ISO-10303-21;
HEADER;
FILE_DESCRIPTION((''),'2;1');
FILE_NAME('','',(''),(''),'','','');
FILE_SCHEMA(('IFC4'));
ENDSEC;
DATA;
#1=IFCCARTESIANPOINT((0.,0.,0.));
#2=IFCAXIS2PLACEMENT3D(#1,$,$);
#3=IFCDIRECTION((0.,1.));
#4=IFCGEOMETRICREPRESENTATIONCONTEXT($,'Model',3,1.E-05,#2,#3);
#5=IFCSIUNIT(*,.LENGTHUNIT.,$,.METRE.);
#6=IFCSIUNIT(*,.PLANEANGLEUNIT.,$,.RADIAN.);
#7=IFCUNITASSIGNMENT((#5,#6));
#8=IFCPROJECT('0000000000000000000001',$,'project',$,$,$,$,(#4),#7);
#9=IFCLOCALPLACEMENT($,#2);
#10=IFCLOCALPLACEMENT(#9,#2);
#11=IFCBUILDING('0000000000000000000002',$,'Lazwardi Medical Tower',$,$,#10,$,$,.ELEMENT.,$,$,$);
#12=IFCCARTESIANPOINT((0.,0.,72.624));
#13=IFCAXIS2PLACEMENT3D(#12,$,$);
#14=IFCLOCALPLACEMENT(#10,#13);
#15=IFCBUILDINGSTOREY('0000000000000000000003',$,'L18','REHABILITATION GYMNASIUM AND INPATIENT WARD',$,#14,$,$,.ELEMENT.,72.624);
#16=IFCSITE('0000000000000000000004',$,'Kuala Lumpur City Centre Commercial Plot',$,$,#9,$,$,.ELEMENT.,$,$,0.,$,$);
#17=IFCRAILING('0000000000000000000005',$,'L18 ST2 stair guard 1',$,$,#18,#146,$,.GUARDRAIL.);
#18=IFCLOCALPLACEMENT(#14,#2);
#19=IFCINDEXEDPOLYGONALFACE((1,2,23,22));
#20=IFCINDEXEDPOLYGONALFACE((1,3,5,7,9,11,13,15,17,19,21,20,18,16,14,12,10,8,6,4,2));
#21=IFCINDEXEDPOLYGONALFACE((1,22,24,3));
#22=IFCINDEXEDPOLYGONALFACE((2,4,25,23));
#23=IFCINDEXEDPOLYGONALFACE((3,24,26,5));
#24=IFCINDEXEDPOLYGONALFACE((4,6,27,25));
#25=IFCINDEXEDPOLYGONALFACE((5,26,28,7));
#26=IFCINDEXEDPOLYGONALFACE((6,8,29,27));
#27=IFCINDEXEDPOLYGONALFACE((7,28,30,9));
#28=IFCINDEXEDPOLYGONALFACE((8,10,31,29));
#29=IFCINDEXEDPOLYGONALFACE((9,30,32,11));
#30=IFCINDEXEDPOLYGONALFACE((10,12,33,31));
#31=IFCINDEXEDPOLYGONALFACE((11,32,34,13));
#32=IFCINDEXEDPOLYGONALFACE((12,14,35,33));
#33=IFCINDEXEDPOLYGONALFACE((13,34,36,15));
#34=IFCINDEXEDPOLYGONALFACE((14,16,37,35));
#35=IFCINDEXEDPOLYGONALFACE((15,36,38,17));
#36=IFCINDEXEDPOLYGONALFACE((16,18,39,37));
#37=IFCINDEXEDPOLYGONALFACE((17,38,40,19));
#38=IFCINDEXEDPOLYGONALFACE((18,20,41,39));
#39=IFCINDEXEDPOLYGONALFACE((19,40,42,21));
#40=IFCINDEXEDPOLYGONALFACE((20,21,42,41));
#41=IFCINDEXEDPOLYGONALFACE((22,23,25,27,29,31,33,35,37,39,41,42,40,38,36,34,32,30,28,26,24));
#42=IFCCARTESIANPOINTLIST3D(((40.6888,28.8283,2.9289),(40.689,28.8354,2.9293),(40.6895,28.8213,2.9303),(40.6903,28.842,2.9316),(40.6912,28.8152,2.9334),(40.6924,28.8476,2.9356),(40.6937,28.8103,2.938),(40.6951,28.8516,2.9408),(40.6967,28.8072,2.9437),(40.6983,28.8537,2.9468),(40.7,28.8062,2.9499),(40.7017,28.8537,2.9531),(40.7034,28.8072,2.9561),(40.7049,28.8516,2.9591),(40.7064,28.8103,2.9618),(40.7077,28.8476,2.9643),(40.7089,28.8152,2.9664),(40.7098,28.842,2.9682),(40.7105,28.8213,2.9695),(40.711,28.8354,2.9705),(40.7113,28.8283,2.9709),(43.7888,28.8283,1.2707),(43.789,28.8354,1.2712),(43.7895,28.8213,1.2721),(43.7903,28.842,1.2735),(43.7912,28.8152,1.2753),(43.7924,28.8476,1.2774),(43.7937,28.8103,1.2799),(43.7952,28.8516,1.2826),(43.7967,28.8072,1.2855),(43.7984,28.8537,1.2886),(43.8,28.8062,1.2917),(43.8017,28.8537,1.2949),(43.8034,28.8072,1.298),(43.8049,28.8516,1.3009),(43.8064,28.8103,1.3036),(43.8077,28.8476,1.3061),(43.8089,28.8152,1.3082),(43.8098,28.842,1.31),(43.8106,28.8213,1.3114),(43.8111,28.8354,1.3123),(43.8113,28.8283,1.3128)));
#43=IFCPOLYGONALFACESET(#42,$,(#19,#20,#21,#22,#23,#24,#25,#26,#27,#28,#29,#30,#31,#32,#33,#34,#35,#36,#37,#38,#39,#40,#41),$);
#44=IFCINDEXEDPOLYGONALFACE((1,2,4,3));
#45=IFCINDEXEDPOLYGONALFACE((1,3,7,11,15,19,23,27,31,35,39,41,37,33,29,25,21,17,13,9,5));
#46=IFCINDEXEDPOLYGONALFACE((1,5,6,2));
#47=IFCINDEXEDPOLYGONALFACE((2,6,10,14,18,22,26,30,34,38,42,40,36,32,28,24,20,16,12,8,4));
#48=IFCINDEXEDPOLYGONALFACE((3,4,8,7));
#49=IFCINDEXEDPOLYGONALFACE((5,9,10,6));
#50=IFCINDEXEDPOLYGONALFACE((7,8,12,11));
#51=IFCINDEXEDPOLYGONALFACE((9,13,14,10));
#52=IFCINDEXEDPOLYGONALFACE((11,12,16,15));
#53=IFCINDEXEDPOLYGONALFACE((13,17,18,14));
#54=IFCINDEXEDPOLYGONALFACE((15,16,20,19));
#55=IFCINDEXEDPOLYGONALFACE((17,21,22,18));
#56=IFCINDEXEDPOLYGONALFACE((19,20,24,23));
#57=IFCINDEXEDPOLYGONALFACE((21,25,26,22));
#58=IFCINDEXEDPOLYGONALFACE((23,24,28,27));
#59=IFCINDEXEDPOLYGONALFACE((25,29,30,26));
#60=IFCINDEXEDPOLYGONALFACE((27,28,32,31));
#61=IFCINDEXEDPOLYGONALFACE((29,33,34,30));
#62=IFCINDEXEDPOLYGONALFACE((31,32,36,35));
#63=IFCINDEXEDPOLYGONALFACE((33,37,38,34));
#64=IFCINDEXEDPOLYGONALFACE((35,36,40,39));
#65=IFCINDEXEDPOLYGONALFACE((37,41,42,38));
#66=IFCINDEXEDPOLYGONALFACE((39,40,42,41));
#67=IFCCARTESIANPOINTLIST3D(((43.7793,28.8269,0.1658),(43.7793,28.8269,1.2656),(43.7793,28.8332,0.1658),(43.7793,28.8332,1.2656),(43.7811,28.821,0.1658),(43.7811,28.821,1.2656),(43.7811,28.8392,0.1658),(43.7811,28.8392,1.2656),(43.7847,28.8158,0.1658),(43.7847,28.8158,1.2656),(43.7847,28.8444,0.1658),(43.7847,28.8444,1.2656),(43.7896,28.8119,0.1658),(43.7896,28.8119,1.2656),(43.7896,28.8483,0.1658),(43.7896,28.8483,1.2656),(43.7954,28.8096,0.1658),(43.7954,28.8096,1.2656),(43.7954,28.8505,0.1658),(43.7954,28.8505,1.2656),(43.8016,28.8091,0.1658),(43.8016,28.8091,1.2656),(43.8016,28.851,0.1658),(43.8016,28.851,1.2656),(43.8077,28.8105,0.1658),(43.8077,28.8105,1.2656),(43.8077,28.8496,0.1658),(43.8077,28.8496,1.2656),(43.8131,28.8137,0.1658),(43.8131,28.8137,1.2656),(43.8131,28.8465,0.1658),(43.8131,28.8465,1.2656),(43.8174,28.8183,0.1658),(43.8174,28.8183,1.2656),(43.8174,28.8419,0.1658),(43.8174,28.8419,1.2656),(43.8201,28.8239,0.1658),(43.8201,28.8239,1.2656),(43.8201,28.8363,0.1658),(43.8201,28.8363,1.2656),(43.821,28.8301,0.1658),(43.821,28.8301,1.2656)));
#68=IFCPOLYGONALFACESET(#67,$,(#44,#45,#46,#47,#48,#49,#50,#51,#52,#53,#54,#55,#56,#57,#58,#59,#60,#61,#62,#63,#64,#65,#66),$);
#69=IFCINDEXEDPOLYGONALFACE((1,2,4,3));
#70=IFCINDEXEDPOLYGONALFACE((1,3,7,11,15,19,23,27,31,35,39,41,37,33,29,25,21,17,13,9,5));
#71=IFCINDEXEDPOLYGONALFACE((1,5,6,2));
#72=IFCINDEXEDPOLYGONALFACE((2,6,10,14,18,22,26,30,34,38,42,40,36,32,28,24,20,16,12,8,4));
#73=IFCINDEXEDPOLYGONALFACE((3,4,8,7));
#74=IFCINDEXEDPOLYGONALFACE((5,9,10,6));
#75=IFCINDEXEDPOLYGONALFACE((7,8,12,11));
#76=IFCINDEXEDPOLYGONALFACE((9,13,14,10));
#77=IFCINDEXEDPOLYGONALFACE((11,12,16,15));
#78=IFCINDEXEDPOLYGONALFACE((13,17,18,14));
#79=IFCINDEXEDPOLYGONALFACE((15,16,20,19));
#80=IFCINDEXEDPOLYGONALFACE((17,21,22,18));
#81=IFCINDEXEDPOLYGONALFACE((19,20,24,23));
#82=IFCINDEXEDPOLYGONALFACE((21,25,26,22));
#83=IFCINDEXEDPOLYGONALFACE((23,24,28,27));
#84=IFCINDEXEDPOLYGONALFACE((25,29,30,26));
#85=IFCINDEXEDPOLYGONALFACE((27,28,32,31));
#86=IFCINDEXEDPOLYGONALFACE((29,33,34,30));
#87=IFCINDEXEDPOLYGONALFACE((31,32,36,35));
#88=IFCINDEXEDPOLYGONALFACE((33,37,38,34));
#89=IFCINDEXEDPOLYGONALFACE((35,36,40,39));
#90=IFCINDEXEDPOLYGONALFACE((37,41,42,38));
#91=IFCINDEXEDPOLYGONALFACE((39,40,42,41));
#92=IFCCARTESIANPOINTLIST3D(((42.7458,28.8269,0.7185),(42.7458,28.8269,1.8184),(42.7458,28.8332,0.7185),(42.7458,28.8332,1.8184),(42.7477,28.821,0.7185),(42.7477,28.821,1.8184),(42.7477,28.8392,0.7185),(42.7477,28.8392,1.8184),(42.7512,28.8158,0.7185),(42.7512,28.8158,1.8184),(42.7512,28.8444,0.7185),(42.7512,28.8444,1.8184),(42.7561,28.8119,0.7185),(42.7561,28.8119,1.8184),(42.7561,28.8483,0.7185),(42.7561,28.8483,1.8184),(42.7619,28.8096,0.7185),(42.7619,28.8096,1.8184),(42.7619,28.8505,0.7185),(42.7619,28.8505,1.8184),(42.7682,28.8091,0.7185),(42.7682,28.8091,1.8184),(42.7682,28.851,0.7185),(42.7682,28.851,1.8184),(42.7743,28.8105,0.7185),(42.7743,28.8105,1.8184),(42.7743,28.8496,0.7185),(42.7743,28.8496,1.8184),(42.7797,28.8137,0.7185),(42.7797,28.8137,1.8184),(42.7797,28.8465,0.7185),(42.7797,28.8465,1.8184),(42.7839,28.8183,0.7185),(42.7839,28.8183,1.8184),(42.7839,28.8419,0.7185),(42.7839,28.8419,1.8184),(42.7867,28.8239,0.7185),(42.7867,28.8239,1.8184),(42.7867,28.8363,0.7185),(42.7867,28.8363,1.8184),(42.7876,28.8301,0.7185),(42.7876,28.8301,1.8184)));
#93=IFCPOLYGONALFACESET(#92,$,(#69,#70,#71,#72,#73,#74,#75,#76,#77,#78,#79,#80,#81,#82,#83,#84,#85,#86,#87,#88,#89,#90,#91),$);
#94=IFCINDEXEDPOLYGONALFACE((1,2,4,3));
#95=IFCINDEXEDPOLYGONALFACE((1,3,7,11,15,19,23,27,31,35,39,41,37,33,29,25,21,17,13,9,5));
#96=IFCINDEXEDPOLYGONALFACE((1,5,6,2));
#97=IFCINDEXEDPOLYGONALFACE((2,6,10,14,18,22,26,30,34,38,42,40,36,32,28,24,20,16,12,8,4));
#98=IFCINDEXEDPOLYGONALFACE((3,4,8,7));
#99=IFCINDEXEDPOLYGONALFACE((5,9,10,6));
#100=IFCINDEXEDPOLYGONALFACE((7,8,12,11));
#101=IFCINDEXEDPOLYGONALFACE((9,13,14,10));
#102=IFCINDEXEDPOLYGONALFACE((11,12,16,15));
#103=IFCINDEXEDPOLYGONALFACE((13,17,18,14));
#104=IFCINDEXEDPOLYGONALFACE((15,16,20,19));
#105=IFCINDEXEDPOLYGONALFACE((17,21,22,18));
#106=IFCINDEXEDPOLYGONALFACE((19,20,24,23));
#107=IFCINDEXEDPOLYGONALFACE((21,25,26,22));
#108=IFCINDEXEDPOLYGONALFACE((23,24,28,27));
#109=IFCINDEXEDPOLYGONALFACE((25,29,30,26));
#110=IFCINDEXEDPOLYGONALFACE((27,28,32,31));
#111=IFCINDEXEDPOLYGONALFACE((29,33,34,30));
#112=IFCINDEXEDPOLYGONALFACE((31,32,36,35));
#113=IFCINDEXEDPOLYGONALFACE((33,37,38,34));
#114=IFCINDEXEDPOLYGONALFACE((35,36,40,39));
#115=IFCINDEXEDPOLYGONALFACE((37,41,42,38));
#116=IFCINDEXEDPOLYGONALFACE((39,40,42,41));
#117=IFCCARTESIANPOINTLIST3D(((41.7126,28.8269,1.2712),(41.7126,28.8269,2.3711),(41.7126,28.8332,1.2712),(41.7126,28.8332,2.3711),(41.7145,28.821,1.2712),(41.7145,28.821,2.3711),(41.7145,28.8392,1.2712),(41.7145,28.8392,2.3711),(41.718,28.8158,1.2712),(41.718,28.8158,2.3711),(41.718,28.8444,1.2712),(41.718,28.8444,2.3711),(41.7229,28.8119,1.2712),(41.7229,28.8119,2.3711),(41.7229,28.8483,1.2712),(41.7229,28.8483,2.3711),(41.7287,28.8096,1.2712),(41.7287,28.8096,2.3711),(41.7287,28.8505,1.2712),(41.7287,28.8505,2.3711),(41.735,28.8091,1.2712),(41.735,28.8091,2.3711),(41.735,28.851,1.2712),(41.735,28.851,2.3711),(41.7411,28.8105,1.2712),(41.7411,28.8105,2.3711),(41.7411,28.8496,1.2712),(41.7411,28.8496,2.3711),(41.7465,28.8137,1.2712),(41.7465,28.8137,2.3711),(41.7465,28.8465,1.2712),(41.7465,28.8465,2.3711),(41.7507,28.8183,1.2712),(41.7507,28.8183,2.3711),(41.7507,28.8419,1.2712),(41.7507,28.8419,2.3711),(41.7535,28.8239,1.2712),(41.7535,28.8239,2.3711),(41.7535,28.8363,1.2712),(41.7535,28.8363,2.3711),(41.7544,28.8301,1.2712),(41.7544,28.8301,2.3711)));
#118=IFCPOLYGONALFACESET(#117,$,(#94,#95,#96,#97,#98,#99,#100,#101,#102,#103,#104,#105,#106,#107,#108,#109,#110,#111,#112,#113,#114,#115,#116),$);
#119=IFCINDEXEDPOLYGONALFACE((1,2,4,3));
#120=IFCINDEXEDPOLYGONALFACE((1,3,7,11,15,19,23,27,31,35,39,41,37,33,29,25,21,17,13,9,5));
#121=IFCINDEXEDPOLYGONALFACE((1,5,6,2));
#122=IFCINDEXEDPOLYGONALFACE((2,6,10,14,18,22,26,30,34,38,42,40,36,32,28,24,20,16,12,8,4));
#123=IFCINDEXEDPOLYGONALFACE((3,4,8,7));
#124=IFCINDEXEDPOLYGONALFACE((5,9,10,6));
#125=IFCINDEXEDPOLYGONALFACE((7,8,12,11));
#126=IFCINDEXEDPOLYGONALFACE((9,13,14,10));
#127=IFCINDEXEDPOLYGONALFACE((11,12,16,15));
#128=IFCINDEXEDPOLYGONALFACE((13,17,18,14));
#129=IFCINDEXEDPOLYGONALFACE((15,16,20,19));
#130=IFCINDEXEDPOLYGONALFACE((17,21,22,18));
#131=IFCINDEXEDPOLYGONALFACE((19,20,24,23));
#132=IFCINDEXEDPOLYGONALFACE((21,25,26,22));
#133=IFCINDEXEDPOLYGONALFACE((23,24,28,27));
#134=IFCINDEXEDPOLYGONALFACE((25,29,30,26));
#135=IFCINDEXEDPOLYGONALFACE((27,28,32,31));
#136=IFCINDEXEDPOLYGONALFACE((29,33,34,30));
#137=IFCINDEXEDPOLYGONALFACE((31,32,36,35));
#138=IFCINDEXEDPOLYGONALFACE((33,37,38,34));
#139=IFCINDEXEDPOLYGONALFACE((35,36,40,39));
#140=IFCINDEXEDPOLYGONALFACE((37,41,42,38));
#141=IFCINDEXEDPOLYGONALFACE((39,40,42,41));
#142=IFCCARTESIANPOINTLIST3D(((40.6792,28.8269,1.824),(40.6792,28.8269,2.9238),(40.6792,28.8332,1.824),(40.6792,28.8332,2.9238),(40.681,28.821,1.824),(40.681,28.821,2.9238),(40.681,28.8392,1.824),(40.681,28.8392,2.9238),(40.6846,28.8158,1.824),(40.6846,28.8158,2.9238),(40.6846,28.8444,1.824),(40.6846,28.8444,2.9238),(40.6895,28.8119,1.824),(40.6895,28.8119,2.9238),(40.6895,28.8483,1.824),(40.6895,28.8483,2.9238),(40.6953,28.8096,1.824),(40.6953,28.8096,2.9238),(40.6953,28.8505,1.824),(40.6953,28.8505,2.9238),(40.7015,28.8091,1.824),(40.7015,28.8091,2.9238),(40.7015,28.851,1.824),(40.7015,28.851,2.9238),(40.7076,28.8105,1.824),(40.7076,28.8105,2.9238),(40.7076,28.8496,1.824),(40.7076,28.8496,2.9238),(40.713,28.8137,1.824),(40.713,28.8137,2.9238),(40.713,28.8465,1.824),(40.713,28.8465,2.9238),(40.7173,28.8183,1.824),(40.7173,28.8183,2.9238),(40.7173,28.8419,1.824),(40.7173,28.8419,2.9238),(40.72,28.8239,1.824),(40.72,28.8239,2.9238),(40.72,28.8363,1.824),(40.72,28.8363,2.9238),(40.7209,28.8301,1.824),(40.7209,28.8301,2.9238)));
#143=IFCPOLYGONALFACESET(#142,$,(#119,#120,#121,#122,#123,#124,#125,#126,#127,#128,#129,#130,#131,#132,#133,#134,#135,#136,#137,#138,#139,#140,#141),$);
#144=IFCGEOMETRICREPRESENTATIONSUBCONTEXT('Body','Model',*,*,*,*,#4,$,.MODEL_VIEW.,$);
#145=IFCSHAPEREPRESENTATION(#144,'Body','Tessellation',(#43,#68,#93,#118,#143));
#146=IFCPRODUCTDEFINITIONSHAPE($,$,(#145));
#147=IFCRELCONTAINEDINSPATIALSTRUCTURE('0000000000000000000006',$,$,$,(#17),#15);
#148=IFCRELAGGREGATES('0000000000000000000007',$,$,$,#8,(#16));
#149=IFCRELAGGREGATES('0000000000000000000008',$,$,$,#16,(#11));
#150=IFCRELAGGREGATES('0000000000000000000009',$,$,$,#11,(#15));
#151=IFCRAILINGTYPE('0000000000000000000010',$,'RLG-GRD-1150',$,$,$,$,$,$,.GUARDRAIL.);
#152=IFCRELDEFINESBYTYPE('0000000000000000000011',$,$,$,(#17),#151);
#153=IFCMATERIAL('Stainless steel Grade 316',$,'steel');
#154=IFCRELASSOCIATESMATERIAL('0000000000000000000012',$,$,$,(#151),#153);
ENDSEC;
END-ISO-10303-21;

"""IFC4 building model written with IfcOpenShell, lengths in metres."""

from ifc_helpers import new_model, si_unit, direction, frame, origin, origin_2d, place, context, subcontext, project, spatial, circle, extrude, material, type_object, element, save


model = new_model("IFC4")

# Units and contexts
model_context = context("Model", 3, precision=1e-05, world=origin(), true_north=direction((0.0, 1.0)))
body_context = subcontext(model_context, "Body", "Model", "MODEL_VIEW")
ifc_project = project(units=[si_unit("LENGTHUNIT", "METRE"), si_unit("PLANEANGLEUNIT", "RADIAN")], contexts=[model_context])

# Site, building, storey
site_placement = place(None, origin())
site = spatial("IfcSite", under=ifc_project, at=site_placement, Name="Kuala Lumpur City Centre Commercial Plot", CompositionType="ELEMENT", RefElevation=0.0)
building_placement = place(site_placement, origin())
building = spatial("IfcBuilding", under=site, at=building_placement, Name="Lazwardi Medical Tower", CompositionType="ELEMENT")
storey_placement = place(building_placement, frame((0.0, 0.0, 72.624)))
storey = spatial("IfcBuildingStorey", under=building, at=storey_placement, Name="L18", Description="REHABILITATION GYMNASIUM AND INPATIENT WARD", CompositionType="ELEMENT", Elevation=72.624)

# Railing
ifc_material_1 = material(Name="Stainless steel Grade 316", Category="steel")
railing_type_1 = type_object("IfcRailingType", Name="RLG-GRD-1150", PredefinedType="GUARDRAIL", material=ifc_material_1)
railing_1_placement = place(storey_placement, frame((43.8, 28.8301, 0.1658)))
element("IfcRailing", 1, at=railing_1_placement, inside=storey, type_object=railing_type_1, Name="L18 ST2 stair guard 1", PredefinedType="GUARDRAIL", context=body_context, shape_type="SweptSolid", body=[
    extrude(circle(Radius=0.0239, at=origin_2d()), frame((0.0, 0.0, 1.126), z_axis=(-0.881783, 0.0, 0.471655), x_axis=(0.0, -1.0, 0.0)), (0.0, 0.0, 1.0), 3.5156),
    extrude(circle(Radius=0.021, at=origin_2d()), origin(), (0.0, 0.0, 1.0), 1.0999),
    extrude(circle(Radius=0.021, at=origin_2d()), frame((-1.0334, 0.0, 0.5527)), (0.0, 0.0, 1.0), 1.0999),
    extrude(circle(Radius=0.021, at=origin_2d()), frame((-2.0667, 0.0, 1.1055)), (0.0, 0.0, 1.0), 1.0999),
    extrude(circle(Radius=0.021, at=origin_2d()), frame((-3.1001, 0.0, 1.6582)), (0.0, 0.0, 1.0), 1.0999),
])

save(model, "model.ifc")
